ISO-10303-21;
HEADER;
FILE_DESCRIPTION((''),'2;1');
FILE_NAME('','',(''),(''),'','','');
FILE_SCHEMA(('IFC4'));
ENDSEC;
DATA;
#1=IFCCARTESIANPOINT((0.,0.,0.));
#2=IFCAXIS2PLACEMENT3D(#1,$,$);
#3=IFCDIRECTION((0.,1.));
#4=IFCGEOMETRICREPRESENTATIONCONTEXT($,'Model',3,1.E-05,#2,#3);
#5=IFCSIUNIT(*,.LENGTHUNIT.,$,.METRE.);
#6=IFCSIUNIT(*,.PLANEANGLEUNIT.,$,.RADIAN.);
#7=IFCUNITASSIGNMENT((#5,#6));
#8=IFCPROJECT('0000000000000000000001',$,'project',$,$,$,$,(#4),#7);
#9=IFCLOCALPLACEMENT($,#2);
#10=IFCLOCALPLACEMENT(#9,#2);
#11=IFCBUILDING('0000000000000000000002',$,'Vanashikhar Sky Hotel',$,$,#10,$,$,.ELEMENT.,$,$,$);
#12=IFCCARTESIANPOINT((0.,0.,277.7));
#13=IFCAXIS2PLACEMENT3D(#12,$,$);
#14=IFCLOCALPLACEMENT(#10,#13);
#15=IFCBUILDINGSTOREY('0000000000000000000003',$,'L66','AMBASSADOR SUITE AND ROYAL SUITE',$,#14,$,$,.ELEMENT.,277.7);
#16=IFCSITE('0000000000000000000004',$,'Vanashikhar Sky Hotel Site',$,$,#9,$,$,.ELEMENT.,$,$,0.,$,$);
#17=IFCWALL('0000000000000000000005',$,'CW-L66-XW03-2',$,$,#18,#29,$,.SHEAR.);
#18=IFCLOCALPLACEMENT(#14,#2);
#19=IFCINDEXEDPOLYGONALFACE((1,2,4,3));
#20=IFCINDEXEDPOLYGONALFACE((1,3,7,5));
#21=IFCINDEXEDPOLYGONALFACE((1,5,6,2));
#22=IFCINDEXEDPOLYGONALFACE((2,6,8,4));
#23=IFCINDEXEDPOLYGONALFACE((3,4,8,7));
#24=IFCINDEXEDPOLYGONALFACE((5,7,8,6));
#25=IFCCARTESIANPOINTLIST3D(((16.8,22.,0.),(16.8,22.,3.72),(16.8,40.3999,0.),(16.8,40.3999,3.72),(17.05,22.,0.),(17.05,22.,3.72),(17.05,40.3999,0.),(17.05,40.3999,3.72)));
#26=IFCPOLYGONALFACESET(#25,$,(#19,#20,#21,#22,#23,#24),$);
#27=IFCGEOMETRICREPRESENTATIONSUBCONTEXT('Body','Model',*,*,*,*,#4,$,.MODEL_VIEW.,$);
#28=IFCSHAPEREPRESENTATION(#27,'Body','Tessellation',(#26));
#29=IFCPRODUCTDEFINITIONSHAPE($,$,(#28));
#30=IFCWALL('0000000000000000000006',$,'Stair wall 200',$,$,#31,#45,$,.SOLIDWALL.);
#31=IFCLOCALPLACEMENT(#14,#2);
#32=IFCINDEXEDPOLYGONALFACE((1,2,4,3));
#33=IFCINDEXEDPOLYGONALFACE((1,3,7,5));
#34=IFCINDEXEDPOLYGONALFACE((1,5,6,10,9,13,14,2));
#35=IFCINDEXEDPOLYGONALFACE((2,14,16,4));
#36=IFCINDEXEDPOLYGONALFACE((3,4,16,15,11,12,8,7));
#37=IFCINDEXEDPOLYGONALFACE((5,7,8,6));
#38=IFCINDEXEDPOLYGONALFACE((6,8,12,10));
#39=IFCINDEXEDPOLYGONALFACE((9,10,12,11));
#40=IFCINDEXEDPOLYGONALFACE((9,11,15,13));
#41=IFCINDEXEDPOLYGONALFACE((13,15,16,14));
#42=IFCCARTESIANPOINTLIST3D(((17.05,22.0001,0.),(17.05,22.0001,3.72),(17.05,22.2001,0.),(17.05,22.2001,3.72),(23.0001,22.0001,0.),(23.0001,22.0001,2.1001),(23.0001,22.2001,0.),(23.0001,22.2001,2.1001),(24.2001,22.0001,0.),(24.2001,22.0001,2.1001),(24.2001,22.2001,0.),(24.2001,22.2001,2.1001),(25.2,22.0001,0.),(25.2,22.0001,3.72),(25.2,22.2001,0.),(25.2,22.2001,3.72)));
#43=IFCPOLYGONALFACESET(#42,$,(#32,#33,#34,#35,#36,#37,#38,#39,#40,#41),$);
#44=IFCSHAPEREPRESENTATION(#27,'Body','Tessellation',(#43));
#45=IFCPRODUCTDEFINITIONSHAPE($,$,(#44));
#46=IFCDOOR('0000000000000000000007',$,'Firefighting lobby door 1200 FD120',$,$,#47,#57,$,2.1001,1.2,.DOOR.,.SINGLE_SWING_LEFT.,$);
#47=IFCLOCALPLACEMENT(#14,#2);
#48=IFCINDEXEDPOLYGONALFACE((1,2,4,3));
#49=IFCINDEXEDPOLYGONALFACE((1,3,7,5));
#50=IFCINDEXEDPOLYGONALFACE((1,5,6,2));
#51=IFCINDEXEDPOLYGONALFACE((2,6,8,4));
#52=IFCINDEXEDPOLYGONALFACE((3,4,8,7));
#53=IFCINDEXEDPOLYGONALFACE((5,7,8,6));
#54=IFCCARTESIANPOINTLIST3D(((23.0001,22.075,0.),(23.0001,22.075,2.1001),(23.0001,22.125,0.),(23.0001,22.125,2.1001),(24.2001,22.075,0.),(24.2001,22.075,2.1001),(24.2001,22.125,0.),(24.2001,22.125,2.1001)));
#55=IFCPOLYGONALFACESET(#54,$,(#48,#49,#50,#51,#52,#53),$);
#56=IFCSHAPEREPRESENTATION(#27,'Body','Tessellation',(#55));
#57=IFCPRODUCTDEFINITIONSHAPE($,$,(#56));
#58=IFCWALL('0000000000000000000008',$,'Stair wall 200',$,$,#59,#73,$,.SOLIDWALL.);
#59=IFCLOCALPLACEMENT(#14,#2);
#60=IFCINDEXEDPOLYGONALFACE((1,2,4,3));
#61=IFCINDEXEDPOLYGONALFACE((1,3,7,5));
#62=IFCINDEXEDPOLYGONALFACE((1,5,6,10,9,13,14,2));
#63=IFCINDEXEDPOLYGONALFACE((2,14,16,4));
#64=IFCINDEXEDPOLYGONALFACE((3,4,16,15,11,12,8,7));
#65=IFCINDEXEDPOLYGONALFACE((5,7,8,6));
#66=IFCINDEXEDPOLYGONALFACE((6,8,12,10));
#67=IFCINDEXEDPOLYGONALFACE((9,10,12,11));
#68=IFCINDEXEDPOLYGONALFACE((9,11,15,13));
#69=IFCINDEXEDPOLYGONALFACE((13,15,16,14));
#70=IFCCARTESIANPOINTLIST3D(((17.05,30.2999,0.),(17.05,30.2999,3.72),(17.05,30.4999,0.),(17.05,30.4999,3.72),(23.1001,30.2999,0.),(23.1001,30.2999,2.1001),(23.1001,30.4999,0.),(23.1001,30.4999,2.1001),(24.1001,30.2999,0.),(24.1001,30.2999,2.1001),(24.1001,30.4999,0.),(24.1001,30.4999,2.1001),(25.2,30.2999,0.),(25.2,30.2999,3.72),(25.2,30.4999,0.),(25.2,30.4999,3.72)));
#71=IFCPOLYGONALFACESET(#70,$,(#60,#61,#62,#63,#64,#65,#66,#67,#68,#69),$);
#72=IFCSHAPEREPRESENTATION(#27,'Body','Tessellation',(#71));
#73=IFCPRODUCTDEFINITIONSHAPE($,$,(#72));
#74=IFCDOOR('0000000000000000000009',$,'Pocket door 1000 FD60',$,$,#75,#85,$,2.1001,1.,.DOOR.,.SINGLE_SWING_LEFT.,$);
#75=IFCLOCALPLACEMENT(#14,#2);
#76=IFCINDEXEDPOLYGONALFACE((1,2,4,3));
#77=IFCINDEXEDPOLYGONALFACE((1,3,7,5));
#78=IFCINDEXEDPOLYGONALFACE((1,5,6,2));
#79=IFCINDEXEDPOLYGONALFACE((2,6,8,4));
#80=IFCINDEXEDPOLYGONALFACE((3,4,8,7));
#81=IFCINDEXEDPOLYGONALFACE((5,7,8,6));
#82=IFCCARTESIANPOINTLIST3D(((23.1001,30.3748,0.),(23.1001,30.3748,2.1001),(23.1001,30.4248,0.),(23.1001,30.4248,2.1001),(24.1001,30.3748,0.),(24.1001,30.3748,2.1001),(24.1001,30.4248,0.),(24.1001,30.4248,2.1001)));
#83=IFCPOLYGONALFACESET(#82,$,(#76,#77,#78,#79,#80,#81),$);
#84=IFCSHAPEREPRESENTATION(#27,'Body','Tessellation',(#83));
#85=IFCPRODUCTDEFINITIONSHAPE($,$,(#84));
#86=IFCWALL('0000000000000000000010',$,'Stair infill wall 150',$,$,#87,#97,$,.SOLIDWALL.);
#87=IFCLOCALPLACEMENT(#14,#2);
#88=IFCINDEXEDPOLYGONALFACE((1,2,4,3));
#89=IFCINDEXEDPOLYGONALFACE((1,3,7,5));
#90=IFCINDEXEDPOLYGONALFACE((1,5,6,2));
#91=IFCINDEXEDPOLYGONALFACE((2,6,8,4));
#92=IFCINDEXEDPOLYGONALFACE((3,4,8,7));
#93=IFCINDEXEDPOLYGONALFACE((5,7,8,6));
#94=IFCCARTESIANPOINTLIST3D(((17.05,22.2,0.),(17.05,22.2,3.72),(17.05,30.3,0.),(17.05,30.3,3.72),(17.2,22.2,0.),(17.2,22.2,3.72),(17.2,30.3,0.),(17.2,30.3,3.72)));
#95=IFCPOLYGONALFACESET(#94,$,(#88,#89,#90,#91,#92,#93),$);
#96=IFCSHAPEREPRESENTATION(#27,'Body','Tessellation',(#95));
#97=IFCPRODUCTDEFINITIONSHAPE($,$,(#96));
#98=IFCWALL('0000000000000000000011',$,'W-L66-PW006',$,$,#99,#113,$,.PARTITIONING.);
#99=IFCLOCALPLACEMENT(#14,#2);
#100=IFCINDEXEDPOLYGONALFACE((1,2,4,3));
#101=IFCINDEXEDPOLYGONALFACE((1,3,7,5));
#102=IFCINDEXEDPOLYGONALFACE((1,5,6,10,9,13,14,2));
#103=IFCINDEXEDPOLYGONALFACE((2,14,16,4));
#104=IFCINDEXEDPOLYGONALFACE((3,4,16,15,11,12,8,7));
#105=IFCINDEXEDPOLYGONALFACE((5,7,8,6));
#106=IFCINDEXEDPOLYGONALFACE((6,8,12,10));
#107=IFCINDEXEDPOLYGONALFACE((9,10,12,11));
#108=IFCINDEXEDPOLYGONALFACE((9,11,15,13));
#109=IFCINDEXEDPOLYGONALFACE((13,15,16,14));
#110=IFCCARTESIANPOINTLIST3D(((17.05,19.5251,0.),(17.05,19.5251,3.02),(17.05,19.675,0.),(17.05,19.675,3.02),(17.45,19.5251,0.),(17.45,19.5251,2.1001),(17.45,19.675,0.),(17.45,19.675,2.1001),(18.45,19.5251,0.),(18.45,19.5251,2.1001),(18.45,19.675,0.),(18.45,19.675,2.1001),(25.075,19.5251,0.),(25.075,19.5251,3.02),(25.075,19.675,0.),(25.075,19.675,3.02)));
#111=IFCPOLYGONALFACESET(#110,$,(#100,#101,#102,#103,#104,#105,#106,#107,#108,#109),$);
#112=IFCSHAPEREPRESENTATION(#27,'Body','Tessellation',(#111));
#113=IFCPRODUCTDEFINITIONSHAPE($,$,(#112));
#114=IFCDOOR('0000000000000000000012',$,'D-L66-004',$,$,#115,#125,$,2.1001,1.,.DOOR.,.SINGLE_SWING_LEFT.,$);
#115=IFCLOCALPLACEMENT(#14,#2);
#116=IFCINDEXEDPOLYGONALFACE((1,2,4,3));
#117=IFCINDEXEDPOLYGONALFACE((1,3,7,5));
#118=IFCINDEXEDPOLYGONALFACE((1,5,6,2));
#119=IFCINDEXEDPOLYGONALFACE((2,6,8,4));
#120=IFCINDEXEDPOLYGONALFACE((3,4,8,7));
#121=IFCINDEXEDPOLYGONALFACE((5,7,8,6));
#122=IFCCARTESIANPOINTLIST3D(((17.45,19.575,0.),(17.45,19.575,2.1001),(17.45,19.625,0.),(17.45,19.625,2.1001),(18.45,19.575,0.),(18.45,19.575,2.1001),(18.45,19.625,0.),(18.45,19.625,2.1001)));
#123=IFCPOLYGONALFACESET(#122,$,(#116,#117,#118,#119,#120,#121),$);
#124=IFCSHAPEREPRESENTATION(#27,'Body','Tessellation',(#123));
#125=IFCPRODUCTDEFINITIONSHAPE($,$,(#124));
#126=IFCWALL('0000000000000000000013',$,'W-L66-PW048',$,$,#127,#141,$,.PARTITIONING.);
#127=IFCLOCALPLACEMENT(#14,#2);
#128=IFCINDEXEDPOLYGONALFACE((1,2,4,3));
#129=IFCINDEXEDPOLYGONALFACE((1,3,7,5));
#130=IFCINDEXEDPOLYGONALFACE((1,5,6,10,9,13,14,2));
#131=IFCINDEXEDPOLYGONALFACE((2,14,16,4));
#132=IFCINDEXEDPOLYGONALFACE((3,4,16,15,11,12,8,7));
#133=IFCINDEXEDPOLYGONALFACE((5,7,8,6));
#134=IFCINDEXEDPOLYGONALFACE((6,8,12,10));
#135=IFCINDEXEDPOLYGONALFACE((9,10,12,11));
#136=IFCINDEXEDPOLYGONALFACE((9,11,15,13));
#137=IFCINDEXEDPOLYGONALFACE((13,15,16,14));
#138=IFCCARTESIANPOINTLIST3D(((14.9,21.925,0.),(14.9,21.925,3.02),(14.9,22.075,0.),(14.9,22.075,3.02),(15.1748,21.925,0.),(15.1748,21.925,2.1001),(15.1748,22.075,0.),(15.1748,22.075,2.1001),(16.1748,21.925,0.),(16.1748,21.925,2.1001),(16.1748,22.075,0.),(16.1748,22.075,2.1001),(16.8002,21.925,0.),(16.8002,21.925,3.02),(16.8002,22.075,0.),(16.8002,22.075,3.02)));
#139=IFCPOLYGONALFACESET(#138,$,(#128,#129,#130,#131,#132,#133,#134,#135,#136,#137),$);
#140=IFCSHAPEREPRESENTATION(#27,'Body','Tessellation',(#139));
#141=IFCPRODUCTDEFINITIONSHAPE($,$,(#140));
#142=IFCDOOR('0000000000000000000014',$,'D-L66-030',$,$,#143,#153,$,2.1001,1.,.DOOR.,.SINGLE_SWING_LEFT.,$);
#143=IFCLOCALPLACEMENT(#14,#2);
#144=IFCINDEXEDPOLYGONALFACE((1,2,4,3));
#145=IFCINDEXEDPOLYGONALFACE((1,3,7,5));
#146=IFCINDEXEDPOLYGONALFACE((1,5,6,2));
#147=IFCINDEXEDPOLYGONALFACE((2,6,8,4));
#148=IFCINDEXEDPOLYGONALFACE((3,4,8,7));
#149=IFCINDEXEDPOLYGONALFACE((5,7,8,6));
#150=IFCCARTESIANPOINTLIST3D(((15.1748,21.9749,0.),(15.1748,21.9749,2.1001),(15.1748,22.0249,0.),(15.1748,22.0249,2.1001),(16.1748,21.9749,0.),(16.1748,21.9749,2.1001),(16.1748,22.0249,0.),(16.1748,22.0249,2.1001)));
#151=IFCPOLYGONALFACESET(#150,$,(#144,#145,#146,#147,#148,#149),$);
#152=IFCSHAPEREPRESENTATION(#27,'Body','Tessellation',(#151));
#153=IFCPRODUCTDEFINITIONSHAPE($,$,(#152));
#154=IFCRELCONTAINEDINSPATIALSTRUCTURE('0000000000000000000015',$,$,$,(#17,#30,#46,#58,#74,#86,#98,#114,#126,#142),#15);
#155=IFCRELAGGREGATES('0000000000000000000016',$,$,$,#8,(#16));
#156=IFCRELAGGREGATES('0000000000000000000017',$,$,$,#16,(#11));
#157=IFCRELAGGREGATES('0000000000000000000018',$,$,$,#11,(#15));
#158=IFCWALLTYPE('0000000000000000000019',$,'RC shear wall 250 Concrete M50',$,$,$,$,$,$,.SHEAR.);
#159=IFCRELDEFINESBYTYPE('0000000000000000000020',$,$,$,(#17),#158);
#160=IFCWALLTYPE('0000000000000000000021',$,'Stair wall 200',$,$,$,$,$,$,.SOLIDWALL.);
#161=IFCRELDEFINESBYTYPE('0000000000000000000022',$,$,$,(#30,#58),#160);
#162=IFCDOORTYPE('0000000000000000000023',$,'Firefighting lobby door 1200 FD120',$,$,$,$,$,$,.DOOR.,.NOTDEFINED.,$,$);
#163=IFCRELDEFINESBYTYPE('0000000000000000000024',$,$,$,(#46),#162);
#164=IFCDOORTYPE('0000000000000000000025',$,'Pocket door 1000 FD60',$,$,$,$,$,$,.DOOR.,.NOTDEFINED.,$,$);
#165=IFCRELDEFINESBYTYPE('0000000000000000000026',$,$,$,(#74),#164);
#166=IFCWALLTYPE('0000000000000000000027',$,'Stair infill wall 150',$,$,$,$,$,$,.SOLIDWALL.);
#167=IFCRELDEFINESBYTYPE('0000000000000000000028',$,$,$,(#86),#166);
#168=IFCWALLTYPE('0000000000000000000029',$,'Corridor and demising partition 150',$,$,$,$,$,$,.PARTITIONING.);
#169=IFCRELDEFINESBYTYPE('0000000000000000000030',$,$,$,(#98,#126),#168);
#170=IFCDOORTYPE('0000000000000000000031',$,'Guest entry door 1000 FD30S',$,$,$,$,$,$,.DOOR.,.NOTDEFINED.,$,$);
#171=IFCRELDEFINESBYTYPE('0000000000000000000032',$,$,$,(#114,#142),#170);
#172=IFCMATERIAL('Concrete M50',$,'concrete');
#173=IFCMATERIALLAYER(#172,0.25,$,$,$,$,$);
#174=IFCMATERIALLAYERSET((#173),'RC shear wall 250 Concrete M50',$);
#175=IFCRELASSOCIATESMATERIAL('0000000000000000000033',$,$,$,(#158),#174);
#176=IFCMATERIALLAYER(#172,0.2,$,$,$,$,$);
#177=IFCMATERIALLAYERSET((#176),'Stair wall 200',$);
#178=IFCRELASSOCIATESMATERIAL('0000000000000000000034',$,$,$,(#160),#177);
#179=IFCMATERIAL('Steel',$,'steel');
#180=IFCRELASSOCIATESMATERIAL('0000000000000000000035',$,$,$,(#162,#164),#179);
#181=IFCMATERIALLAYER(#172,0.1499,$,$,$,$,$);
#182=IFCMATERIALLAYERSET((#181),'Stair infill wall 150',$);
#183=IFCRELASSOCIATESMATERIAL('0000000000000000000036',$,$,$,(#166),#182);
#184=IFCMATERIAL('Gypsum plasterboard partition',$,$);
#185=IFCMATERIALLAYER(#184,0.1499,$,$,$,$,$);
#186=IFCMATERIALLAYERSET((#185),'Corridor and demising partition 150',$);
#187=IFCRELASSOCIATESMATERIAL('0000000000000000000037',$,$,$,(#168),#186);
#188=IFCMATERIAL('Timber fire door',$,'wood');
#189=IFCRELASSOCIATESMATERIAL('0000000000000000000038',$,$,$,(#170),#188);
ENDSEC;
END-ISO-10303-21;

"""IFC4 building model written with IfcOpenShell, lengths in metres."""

from ifc_helpers import new_model, si_unit, direction, frame, frame_2d, origin, place, context, subcontext, project, spatial, rectangle, extrude, source, transform, mapped, material, layer, layer_set, type_object, element, fill, save


model = new_model("IFC4")

# Units and contexts
model_context = context("Model", 3, precision=1e-05, world=origin(), true_north=direction((0.0, 1.0)))
body_context = subcontext(model_context, "Body", "Model", "MODEL_VIEW")
ifc_project = project(units=[si_unit("LENGTHUNIT", "METRE"), si_unit("PLANEANGLEUNIT", "RADIAN")], contexts=[model_context])

# Site, building, storey
site_placement = place(None, origin())
site = spatial("IfcSite", under=ifc_project, at=site_placement, Name="Vanashikhar Sky Hotel Site", CompositionType="ELEMENT", RefElevation=0.0)
building_placement = place(site_placement, origin())
building = spatial("IfcBuilding", under=site, at=building_placement, Name="Vanashikhar Sky Hotel", CompositionType="ELEMENT")
storey_placement = place(building_placement, frame((0.0, 0.0, 277.7)))
storey = spatial("IfcBuildingStorey", under=building, at=storey_placement, Name="L66", Description="AMBASSADOR SUITE AND ROYAL SUITE", CompositionType="ELEMENT", Elevation=277.7)

# Wall
ifc_material_1 = material(Name="Concrete M50", Category="concrete")
ifc_layer_1 = layer(ifc_material_1, 0.25)
ifc_layer_set_1 = layer_set([ifc_layer_1], Name="RC shear wall 250 Concrete M50")
wall_type_1 = type_object("IfcWallType", Name="RC shear wall 250 Concrete M50", PredefinedType="SHEAR", material=ifc_layer_set_1)
shared_shape_1 = source(origin(), body_context, "Body", "SweptSolid", [
    extrude(rectangle(XDim=18.3999, YDim=0.25, at=frame_2d((9.2, 0.0))), origin(), (0.0, 0.0, 1.0), 3.72),
])
wall_1_placement = place(storey_placement, frame((16.925, 22.0, 0.0), z_axis=(0.0, 0.0, 1.0), x_axis=(0.0, 1.0, 0.0)))
element("IfcWall", 1, at=wall_1_placement, inside=storey, type_object=wall_type_1, Name="CW-L66-XW03-2", PredefinedType="SHEAR", context=body_context, shape_type="MappedRepresentation", body=[
    mapped(shared_shape_1, transform((0.0, 0.0, 0.0), scale=1.0)),
])

# Walls, openings, doors
ifc_layer_2 = layer(ifc_material_1, 0.2)
ifc_layer_set_2 = layer_set([ifc_layer_2], Name="Stair wall 200")
wall_type_2 = type_object("IfcWallType", Name="Stair wall 200", PredefinedType="SOLIDWALL", material=ifc_layer_set_2)
shared_shape_2 = source(origin(), body_context, "Body", "SweptSolid", [
    extrude(rectangle(XDim=8.1499, YDim=0.2, at=frame_2d((4.075, 0.0))), origin(), (0.0, 0.0, 1.0), 3.72),
])
wall_2_placement = place(storey_placement, frame((17.05, 22.1001, 0.0), z_axis=(0.0, 0.0, 1.0), x_axis=(1.0, 0.0, 0.0)))
wall_2 = element("IfcWall", 2, at=wall_2_placement, inside=storey, type_object=wall_type_2, Name="Stair wall 200", PredefinedType="SOLIDWALL", context=body_context, shape_type="MappedRepresentation", body=[
    mapped(shared_shape_2, transform((0.0, 0.0, 0.0), scale=1.0)),
])
shared_shape_3 = source(origin(), body_context, "Body", "SweptSolid", [
    extrude(rectangle(XDim=1.2, YDim=2.1001, at=frame_2d((0.6001, 1.05))), frame((0.0, 0.1099, 0.0), z_axis=(0.0, -1.0, 0.0), x_axis=(1.0, 0.0, 0.0)), (0.0, 0.0, 1.0), 0.22),
])
opening_1_placement = place(wall_2_placement, frame((5.95, 0.0, 0.0)))
opening_1 = element("IfcOpeningElement", 3, at=opening_1_placement, cuts=wall_2, PredefinedType="OPENING", context=body_context, shape_type="MappedRepresentation", body=[
    mapped(shared_shape_3, transform((0.0, 0.0, 0.0), scale=1.0)),
])
ifc_material_2 = material(Name="Steel", Category="steel")
door_type_1 = type_object("IfcDoorType", Name="Firefighting lobby door 1200 FD120", OperationType="NOTDEFINED", PredefinedType="DOOR", material=ifc_material_2)
shared_shape_4 = source(origin(), body_context, "Body", "SweptSolid", [
    extrude(rectangle(XDim=1.2, YDim=2.1001, at=frame_2d((0.6001, 1.05))), frame((0.0, 0.0249, 0.0), z_axis=(0.0, -1.0, 0.0), x_axis=(1.0, 0.0, 0.0)), (0.0, 0.0, 1.0), 0.05),
])
door_1_placement = place(opening_1_placement, origin())
door_1 = element("IfcDoor", 4, at=door_1_placement, inside=storey, type_object=door_type_1, Name="Firefighting lobby door 1200 FD120", OperationType="SINGLE_SWING_LEFT", OverallHeight=2.1001, OverallWidth=1.2, PredefinedType="DOOR", context=body_context, shape_type="MappedRepresentation", body=[
    mapped(shared_shape_4, transform((0.0, 0.0, 0.0), scale=1.0)),
])
fill(opening_1, door_1)
wall_3_placement = place(storey_placement, frame((17.05, 30.3999, 0.0), z_axis=(0.0, 0.0, 1.0), x_axis=(1.0, 0.0, 0.0)))
wall_3 = element("IfcWall", 5, at=wall_3_placement, inside=storey, type_object=wall_type_2, Name="Stair wall 200", PredefinedType="SOLIDWALL", context=body_context, shape_type="MappedRepresentation", body=[
    mapped(shared_shape_2, transform((0.0, 0.0, 0.0), scale=1.0)),
])
shared_shape_5 = source(origin(), body_context, "Body", "SweptSolid", [
    extrude(rectangle(XDim=1.0, YDim=2.1001, at=frame_2d((0.5, 1.05))), frame((0.0, 0.1099, 0.0), z_axis=(0.0, -1.0, 0.0), x_axis=(1.0, 0.0, 0.0)), (0.0, 0.0, 1.0), 0.22),
])
opening_2_placement = place(wall_3_placement, frame((6.05, 0.0, 0.0)))
opening_2 = element("IfcOpeningElement", 6, at=opening_2_placement, cuts=wall_3, PredefinedType="OPENING", context=body_context, shape_type="MappedRepresentation", body=[
    mapped(shared_shape_5, transform((0.0, 0.0, 0.0), scale=1.0)),
])
door_type_2 = type_object("IfcDoorType", Name="Pocket door 1000 FD60", OperationType="NOTDEFINED", PredefinedType="DOOR", material=ifc_material_2)
shared_shape_6 = source(origin(), body_context, "Body", "SweptSolid", [
    extrude(rectangle(XDim=1.0, YDim=2.1001, at=frame_2d((0.5, 1.05))), frame((0.0, 0.0249, 0.0), z_axis=(0.0, -1.0, 0.0), x_axis=(1.0, 0.0, 0.0)), (0.0, 0.0, 1.0), 0.05),
])
door_2_placement = place(opening_2_placement, origin())
door_2 = element("IfcDoor", 7, at=door_2_placement, inside=storey, type_object=door_type_2, Name="Pocket door 1000 FD60", OperationType="SINGLE_SWING_LEFT", OverallHeight=2.1001, OverallWidth=1.0, PredefinedType="DOOR", context=body_context, shape_type="MappedRepresentation", body=[
    mapped(shared_shape_6, transform((0.0, 0.0, 0.0), scale=1.0)),
])
fill(opening_2, door_2)

# Wall
ifc_layer_3 = layer(ifc_material_1, 0.1499)
ifc_layer_set_3 = layer_set([ifc_layer_3], Name="Stair infill wall 150")
wall_type_3 = type_object("IfcWallType", Name="Stair infill wall 150", PredefinedType="SOLIDWALL", material=ifc_layer_set_3)
shared_shape_7 = source(origin(), body_context, "Body", "SweptSolid", [
    extrude(rectangle(XDim=8.1001, YDim=0.1499, at=frame_2d((4.05, 0.0))), origin(), (0.0, 0.0, 1.0), 3.72),
])
wall_4_placement = place(storey_placement, frame((17.125, 22.2, 0.0), z_axis=(0.0, 0.0, 1.0), x_axis=(0.0, 1.0, 0.0)))
element("IfcWall", 8, at=wall_4_placement, inside=storey, type_object=wall_type_3, Name="Stair infill wall 150", PredefinedType="SOLIDWALL", context=body_context, shape_type="MappedRepresentation", body=[
    mapped(shared_shape_7, transform((0.0, 0.0, 0.0), scale=1.0)),
])

# Walls, openings, doors
ifc_material_3 = material(Name="Gypsum plasterboard partition")
ifc_layer_4 = layer(ifc_material_3, 0.1499)
ifc_layer_set_4 = layer_set([ifc_layer_4], Name="Corridor and demising partition 150")
wall_type_4 = type_object("IfcWallType", Name="Corridor and demising partition 150", PredefinedType="PARTITIONING", material=ifc_layer_set_4)
shared_shape_8 = source(origin(), body_context, "Body", "SweptSolid", [
    extrude(rectangle(XDim=8.0249, YDim=0.1499, at=frame_2d((4.0125, 0.0))), origin(), (0.0, 0.0, 1.0), 3.02),
])
wall_5_placement = place(storey_placement, frame((17.05, 19.6001, 0.0), z_axis=(0.0, 0.0, 1.0), x_axis=(1.0, 0.0, 0.0)))
wall_5 = element("IfcWall", 9, at=wall_5_placement, inside=storey, type_object=wall_type_4, Name="W-L66-PW006", PredefinedType="PARTITIONING", context=body_context, shape_type="MappedRepresentation", body=[
    mapped(shared_shape_8, transform((0.0, 0.0, 0.0), scale=1.0)),
])
shared_shape_9 = source(origin(), body_context, "Body", "SweptSolid", [
    extrude(rectangle(XDim=1.0, YDim=2.1001, at=frame_2d((0.5, 1.05))), frame((0.0, 0.085, 0.0), z_axis=(0.0, -1.0, 0.0), x_axis=(1.0, 0.0, 0.0)), (0.0, 0.0, 1.0), 0.1699),
])
opening_3_placement = place(wall_5_placement, frame((0.3999, 0.0, 0.0)))
opening_3 = element("IfcOpeningElement", 10, at=opening_3_placement, cuts=wall_5, PredefinedType="OPENING", context=body_context, shape_type="MappedRepresentation", body=[
    mapped(shared_shape_9, transform((0.0, 0.0, 0.0), scale=1.0)),
])
ifc_material_4 = material(Name="Timber fire door", Category="wood")
door_type_3 = type_object("IfcDoorType", Name="Guest entry door 1000 FD30S", OperationType="NOTDEFINED", PredefinedType="DOOR", material=ifc_material_4)
door_3_placement = place(opening_3_placement, origin())
door_3 = element("IfcDoor", 11, at=door_3_placement, inside=storey, type_object=door_type_3, Name="D-L66-004", OperationType="SINGLE_SWING_LEFT", OverallHeight=2.1001, OverallWidth=1.0, PredefinedType="DOOR", context=body_context, shape_type="MappedRepresentation", body=[
    mapped(shared_shape_6, transform((0.0, 0.0, 0.0), scale=1.0)),
])
fill(opening_3, door_3)
shared_shape_10 = source(origin(), body_context, "Body", "SweptSolid", [
    extrude(rectangle(XDim=1.9001, YDim=0.1499, at=frame_2d((0.9502, 0.0))), origin(), (0.0, 0.0, 1.0), 3.02),
])
wall_6_placement = place(storey_placement, frame((14.8999, 22.0, 0.0), z_axis=(0.0, 0.0, 1.0), x_axis=(1.0, 0.0, 0.0)))
wall_6 = element("IfcWall", 12, at=wall_6_placement, inside=storey, type_object=wall_type_4, Name="W-L66-PW048", PredefinedType="PARTITIONING", context=body_context, shape_type="MappedRepresentation", body=[
    mapped(shared_shape_10, transform((0.0, 0.0, 0.0), scale=1.0)),
])
opening_4_placement = place(wall_6_placement, frame((0.2749, 0.0, 0.0)))
opening_4 = element("IfcOpeningElement", 13, at=opening_4_placement, cuts=wall_6, PredefinedType="OPENING", context=body_context, shape_type="MappedRepresentation", body=[
    mapped(shared_shape_9, transform((0.0, 0.0, 0.0), scale=1.0)),
])
door_4_placement = place(opening_4_placement, origin())
door_4 = element("IfcDoor", 14, at=door_4_placement, inside=storey, type_object=door_type_3, Name="D-L66-030", OperationType="SINGLE_SWING_LEFT", OverallHeight=2.1001, OverallWidth=1.0, PredefinedType="DOOR", context=body_context, shape_type="MappedRepresentation", body=[
    mapped(shared_shape_6, transform((0.0, 0.0, 0.0), scale=1.0)),
])
fill(opening_4, door_4)

save(model, "model.ifc")
